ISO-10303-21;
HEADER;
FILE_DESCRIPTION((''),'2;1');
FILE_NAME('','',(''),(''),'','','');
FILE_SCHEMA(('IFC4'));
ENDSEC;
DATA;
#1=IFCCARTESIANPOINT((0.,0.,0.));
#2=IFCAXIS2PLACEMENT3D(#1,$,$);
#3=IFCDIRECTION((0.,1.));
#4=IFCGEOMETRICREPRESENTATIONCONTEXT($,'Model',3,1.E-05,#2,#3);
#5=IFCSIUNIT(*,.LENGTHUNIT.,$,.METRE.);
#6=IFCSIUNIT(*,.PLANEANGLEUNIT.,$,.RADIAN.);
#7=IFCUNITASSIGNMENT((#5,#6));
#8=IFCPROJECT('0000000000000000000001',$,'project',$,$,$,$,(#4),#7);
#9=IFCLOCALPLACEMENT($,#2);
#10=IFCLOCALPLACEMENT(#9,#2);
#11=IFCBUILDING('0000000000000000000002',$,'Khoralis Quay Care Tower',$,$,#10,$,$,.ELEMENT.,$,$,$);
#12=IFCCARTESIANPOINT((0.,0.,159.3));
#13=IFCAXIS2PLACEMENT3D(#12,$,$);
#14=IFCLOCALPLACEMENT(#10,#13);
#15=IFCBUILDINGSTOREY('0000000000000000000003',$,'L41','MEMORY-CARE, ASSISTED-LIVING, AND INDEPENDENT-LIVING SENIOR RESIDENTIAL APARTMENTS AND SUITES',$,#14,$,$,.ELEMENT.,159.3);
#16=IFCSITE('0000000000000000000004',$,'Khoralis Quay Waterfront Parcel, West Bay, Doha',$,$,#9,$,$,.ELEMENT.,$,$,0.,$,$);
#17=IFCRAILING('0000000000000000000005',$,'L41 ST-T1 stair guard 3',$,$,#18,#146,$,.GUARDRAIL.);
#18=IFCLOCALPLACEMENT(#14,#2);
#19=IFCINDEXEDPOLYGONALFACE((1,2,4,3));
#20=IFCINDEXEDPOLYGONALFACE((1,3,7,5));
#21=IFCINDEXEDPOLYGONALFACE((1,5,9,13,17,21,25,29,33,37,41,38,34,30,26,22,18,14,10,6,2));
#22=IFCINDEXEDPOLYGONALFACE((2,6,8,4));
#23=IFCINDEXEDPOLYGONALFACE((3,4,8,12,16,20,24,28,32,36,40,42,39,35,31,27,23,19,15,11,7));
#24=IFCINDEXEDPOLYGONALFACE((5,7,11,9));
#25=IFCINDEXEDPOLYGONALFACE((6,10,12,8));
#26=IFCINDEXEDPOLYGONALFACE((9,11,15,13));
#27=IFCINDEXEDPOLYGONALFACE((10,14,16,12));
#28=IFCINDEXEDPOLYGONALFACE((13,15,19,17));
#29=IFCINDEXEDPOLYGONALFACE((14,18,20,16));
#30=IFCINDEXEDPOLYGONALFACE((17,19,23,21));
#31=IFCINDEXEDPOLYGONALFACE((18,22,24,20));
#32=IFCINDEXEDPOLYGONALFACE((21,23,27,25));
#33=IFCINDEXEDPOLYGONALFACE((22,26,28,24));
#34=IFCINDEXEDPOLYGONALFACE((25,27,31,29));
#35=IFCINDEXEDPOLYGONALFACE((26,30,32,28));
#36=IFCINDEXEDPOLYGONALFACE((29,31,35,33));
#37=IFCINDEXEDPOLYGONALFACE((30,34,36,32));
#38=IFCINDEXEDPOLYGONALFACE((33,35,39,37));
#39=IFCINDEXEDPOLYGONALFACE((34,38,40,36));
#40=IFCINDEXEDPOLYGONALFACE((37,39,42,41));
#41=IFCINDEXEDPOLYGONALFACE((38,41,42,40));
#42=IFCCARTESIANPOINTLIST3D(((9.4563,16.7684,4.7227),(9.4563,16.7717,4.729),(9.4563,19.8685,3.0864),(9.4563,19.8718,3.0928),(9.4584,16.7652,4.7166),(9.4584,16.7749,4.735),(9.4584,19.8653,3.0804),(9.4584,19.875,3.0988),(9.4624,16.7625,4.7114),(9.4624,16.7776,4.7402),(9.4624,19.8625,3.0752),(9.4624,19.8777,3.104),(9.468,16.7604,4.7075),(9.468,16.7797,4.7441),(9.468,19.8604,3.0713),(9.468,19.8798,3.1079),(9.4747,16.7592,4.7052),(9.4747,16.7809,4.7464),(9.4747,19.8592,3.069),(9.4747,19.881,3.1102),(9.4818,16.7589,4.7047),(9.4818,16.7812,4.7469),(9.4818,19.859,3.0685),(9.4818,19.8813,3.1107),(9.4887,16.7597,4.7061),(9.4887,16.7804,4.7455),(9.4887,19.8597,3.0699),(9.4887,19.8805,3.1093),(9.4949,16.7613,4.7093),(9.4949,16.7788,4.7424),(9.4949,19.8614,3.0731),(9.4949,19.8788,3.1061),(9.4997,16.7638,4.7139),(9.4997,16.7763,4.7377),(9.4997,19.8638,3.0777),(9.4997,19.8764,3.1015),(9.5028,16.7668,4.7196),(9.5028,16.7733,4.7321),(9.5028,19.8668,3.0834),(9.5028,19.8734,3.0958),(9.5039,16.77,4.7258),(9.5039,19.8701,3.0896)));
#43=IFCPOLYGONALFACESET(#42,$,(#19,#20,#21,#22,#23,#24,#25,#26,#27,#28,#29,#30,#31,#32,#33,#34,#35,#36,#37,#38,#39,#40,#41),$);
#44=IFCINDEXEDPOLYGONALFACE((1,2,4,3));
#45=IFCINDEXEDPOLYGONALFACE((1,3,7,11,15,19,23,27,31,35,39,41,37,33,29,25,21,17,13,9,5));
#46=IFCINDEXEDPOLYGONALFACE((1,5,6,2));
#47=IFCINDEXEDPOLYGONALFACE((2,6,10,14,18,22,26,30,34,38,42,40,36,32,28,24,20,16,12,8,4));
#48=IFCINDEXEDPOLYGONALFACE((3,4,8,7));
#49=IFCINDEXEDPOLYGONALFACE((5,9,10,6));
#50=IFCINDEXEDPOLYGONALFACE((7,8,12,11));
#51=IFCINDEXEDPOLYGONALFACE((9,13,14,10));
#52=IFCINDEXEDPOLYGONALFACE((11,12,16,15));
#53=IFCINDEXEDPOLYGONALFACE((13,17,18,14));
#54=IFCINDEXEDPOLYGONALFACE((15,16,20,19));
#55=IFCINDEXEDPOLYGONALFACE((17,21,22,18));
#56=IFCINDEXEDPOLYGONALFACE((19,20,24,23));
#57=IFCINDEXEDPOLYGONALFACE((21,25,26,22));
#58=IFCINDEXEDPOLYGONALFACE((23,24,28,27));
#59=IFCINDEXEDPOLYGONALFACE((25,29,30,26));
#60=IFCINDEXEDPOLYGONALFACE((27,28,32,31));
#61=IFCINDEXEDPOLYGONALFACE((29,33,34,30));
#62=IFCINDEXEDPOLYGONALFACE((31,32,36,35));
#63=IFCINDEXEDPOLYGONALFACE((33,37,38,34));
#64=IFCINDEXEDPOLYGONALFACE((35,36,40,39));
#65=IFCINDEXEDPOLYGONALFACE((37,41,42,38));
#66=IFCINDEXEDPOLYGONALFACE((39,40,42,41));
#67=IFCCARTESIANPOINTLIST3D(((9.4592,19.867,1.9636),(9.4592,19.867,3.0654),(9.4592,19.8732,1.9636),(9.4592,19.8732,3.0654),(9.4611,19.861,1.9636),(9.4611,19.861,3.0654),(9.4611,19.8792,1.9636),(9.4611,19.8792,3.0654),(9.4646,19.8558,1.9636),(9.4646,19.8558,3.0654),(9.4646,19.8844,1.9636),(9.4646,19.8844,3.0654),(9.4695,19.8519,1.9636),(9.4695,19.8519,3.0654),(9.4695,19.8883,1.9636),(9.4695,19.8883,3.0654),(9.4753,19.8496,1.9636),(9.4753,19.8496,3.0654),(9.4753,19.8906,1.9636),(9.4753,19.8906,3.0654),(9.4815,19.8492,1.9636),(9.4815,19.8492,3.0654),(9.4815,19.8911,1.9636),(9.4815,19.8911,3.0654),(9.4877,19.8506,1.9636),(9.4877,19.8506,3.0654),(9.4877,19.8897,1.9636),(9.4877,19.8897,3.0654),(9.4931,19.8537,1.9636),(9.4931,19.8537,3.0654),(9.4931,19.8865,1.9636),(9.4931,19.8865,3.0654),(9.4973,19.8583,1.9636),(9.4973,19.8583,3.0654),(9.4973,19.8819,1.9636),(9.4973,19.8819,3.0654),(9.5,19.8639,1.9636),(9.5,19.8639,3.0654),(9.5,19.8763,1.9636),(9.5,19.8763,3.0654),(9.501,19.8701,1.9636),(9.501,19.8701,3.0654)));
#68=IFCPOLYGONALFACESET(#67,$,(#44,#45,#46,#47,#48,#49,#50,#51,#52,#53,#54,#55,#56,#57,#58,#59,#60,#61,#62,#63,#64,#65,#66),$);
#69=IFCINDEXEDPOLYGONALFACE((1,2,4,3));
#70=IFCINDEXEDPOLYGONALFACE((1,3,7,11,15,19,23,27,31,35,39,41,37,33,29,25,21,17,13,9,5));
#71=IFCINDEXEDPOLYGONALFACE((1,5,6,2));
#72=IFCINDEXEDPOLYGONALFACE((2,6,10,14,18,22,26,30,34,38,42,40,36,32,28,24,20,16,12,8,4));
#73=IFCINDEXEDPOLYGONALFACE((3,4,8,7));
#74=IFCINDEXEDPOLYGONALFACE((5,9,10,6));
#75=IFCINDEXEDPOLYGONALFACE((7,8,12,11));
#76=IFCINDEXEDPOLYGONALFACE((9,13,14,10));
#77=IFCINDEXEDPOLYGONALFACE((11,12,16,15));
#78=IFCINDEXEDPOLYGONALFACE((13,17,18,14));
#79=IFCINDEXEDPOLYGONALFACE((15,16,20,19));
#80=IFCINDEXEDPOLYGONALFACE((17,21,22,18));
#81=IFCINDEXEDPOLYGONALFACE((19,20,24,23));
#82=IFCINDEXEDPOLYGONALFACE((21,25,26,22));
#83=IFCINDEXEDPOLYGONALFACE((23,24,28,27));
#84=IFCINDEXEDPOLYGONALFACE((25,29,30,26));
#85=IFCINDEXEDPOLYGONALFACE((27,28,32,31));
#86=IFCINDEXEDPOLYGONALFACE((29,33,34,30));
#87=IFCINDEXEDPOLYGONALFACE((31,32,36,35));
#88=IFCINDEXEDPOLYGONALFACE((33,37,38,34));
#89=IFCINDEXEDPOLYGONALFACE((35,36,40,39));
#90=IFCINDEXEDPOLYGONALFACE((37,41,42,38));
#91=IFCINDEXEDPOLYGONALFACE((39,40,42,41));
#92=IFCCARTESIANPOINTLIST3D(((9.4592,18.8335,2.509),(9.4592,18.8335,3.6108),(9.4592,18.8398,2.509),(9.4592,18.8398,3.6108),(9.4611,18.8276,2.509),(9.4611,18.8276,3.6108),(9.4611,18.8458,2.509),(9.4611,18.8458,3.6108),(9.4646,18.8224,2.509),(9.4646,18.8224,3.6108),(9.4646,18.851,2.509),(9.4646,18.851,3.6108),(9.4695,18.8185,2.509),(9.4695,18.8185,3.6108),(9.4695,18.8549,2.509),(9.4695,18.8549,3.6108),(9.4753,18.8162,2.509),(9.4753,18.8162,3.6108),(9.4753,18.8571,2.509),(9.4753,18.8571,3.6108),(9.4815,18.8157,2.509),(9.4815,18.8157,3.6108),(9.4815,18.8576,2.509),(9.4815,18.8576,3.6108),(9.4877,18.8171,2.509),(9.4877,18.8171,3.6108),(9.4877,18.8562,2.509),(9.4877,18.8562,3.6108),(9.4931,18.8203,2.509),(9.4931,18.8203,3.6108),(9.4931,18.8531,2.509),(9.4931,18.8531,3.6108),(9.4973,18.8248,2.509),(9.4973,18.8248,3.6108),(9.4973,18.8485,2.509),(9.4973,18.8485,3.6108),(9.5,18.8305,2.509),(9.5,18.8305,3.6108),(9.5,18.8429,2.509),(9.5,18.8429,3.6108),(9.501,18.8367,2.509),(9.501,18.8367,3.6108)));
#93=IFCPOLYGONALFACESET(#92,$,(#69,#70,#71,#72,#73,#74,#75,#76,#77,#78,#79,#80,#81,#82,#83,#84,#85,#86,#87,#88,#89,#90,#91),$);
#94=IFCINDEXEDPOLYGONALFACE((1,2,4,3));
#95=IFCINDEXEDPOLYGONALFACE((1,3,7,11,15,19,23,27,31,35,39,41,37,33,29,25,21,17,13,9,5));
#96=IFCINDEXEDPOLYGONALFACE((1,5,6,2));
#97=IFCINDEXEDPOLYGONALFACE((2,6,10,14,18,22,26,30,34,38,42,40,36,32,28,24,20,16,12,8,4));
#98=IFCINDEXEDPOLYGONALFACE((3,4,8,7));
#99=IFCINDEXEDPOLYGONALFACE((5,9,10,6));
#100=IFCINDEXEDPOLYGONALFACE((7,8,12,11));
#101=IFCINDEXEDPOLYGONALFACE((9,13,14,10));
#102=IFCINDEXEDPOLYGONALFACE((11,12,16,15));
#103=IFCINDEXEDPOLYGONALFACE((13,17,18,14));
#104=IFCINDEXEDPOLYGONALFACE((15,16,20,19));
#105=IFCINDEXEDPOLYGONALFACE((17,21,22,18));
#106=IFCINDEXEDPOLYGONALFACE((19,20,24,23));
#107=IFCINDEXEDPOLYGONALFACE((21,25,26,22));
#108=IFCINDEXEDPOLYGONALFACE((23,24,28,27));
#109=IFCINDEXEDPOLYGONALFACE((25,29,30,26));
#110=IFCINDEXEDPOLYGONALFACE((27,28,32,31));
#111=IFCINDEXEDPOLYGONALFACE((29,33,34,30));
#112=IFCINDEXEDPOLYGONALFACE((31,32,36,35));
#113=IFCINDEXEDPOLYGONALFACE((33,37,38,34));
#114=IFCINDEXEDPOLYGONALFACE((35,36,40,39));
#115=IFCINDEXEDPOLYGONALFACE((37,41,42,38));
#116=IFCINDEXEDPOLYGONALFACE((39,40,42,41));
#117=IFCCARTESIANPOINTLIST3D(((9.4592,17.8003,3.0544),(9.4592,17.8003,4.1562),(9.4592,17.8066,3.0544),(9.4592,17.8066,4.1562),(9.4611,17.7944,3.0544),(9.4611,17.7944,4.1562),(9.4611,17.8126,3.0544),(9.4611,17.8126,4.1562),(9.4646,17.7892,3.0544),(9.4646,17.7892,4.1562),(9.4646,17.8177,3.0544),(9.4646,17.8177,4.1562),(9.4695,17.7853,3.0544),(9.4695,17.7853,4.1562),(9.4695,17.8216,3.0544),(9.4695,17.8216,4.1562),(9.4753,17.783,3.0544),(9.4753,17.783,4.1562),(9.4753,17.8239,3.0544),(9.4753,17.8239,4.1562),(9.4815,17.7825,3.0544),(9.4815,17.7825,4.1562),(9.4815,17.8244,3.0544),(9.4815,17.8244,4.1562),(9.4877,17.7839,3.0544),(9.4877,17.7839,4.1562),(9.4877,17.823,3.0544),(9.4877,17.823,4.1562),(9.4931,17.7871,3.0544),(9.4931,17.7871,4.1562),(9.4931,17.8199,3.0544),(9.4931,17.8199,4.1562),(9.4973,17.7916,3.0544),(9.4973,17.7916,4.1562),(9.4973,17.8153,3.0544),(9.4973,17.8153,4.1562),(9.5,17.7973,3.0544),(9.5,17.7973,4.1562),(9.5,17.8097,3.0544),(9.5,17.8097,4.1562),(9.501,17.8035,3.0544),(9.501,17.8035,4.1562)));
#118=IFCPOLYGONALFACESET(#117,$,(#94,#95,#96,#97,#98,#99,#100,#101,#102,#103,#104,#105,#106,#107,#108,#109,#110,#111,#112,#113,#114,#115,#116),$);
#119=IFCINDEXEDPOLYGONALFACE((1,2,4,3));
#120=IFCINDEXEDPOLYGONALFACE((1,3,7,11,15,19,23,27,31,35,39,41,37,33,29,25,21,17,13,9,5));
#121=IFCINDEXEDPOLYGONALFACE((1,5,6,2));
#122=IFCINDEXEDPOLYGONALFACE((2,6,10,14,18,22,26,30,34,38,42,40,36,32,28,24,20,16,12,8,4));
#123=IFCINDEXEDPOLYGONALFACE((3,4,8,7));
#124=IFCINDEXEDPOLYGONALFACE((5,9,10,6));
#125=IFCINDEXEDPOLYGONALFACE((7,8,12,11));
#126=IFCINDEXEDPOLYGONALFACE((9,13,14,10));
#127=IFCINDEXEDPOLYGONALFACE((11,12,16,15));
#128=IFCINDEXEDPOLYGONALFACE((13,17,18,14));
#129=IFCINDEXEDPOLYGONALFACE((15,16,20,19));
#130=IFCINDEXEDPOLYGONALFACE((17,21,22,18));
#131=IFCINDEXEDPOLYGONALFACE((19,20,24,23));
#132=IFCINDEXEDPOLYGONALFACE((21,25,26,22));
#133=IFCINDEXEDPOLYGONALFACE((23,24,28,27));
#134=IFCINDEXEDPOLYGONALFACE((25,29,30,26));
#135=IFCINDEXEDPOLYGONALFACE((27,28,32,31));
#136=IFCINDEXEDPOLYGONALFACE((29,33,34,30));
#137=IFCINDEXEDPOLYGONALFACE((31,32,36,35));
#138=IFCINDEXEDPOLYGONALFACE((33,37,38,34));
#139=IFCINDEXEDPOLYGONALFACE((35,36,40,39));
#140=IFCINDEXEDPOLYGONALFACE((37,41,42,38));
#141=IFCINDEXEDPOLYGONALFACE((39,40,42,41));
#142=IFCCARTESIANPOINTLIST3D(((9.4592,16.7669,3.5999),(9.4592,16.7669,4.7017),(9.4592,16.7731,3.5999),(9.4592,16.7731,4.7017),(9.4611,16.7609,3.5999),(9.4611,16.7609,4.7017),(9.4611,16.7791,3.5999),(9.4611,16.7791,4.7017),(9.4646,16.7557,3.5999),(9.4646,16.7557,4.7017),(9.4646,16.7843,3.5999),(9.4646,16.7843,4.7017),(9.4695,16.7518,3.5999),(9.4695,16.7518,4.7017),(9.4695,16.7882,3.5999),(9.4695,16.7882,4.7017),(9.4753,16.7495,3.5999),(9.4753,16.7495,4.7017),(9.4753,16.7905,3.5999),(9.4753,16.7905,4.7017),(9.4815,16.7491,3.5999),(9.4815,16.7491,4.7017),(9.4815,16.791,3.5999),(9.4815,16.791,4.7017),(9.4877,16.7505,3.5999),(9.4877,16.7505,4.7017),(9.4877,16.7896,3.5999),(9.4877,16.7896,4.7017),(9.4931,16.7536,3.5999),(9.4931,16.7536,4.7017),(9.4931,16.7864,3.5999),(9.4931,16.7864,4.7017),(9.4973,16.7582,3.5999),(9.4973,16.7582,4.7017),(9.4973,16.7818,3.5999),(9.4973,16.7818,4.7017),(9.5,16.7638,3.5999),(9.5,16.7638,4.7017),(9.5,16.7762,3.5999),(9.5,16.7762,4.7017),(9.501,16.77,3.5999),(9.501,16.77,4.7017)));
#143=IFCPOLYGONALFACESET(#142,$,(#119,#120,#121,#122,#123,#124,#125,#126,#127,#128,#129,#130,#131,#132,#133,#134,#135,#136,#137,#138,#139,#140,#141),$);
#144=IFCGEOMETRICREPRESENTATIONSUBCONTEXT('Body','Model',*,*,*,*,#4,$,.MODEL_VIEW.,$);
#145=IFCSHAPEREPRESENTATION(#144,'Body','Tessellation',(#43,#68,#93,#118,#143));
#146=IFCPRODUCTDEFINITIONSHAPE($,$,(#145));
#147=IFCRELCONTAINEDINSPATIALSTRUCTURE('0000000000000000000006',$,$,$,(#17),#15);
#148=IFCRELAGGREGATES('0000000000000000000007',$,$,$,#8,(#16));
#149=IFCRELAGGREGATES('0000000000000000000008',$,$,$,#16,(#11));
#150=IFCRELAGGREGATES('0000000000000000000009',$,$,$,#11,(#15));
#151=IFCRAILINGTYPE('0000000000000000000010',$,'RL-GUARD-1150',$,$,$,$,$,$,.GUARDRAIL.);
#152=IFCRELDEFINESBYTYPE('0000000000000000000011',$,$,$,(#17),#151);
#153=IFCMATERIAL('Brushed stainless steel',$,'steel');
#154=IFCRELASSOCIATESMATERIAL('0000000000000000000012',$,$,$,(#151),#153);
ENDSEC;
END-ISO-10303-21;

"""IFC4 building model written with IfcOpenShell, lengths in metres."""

from ifc_helpers import new_model, si_unit, direction, frame, origin, origin_2d, place, context, subcontext, project, spatial, circle, extrude, material, type_object, element, save


model = new_model("IFC4")

# Units and contexts
model_context = context("Model", 3, precision=1e-05, world=origin(), true_north=direction((0.0, 1.0)))
body_context = subcontext(model_context, "Body", "Model", "MODEL_VIEW")
ifc_project = project(units=[si_unit("LENGTHUNIT", "METRE"), si_unit("PLANEANGLEUNIT", "RADIAN")], contexts=[model_context])

# Site, building, storey
site_placement = place(None, origin())
site = spatial("IfcSite", under=ifc_project, at=site_placement, Name="Khoralis Quay Waterfront Parcel, West Bay, Doha", CompositionType="ELEMENT", RefElevation=0.0)
building_placement = place(site_placement, origin())
building = spatial("IfcBuilding", under=site, at=building_placement, Name="Khoralis Quay Care Tower", CompositionType="ELEMENT")
storey_placement = place(building_placement, frame((0.0, 0.0, 159.3)))
storey = spatial("IfcBuildingStorey", under=building, at=storey_placement, Name="L41", Description="MEMORY-CARE, ASSISTED-LIVING, AND INDEPENDENT-LIVING SENIOR RESIDENTIAL APARTMENTS AND SUITES", CompositionType="ELEMENT", Elevation=159.3)

# Shared definitions
ifc_material_1 = material(Name="Brushed stainless steel", Category="steel")

# Railing
railing_type_1 = type_object("IfcRailingType", Name="RL-GUARD-1150", PredefinedType="GUARDRAIL", material=ifc_material_1)
railing_1_placement = place(storey_placement, frame((9.48, 19.8701, 1.9636)))
element("IfcRailing", 1, at=railing_1_placement, inside=storey, type_object=railing_type_1, Name="L41 ST-T1 stair guard 3", PredefinedType="GUARDRAIL", context=body_context, shape_type="SweptSolid", body=[
    extrude(circle(Radius=0.0239, at=origin_2d()), frame((0.0, 0.0, 1.126), z_axis=(0.0, -0.884377, 0.466774), x_axis=(1.0, 0.0, 0.0)), (0.0, 0.0, 1.0), 3.5054),
    extrude(circle(Radius=0.021, at=origin_2d()), origin(), (0.0, 0.0, 1.0), 1.1018),
    extrude(circle(Radius=0.021, at=origin_2d()), frame((0.0, -1.0334, 0.5454)), (0.0, 0.0, 1.0), 1.1018),
    extrude(circle(Radius=0.021, at=origin_2d()), frame((0.0, -2.0667, 1.0908)), (0.0, 0.0, 1.0), 1.1018),
    extrude(circle(Radius=0.021, at=origin_2d()), frame((0.0, -3.1001, 1.6362)), (0.0, 0.0, 1.0), 1.1018),
])

save(model, "model.ifc")
